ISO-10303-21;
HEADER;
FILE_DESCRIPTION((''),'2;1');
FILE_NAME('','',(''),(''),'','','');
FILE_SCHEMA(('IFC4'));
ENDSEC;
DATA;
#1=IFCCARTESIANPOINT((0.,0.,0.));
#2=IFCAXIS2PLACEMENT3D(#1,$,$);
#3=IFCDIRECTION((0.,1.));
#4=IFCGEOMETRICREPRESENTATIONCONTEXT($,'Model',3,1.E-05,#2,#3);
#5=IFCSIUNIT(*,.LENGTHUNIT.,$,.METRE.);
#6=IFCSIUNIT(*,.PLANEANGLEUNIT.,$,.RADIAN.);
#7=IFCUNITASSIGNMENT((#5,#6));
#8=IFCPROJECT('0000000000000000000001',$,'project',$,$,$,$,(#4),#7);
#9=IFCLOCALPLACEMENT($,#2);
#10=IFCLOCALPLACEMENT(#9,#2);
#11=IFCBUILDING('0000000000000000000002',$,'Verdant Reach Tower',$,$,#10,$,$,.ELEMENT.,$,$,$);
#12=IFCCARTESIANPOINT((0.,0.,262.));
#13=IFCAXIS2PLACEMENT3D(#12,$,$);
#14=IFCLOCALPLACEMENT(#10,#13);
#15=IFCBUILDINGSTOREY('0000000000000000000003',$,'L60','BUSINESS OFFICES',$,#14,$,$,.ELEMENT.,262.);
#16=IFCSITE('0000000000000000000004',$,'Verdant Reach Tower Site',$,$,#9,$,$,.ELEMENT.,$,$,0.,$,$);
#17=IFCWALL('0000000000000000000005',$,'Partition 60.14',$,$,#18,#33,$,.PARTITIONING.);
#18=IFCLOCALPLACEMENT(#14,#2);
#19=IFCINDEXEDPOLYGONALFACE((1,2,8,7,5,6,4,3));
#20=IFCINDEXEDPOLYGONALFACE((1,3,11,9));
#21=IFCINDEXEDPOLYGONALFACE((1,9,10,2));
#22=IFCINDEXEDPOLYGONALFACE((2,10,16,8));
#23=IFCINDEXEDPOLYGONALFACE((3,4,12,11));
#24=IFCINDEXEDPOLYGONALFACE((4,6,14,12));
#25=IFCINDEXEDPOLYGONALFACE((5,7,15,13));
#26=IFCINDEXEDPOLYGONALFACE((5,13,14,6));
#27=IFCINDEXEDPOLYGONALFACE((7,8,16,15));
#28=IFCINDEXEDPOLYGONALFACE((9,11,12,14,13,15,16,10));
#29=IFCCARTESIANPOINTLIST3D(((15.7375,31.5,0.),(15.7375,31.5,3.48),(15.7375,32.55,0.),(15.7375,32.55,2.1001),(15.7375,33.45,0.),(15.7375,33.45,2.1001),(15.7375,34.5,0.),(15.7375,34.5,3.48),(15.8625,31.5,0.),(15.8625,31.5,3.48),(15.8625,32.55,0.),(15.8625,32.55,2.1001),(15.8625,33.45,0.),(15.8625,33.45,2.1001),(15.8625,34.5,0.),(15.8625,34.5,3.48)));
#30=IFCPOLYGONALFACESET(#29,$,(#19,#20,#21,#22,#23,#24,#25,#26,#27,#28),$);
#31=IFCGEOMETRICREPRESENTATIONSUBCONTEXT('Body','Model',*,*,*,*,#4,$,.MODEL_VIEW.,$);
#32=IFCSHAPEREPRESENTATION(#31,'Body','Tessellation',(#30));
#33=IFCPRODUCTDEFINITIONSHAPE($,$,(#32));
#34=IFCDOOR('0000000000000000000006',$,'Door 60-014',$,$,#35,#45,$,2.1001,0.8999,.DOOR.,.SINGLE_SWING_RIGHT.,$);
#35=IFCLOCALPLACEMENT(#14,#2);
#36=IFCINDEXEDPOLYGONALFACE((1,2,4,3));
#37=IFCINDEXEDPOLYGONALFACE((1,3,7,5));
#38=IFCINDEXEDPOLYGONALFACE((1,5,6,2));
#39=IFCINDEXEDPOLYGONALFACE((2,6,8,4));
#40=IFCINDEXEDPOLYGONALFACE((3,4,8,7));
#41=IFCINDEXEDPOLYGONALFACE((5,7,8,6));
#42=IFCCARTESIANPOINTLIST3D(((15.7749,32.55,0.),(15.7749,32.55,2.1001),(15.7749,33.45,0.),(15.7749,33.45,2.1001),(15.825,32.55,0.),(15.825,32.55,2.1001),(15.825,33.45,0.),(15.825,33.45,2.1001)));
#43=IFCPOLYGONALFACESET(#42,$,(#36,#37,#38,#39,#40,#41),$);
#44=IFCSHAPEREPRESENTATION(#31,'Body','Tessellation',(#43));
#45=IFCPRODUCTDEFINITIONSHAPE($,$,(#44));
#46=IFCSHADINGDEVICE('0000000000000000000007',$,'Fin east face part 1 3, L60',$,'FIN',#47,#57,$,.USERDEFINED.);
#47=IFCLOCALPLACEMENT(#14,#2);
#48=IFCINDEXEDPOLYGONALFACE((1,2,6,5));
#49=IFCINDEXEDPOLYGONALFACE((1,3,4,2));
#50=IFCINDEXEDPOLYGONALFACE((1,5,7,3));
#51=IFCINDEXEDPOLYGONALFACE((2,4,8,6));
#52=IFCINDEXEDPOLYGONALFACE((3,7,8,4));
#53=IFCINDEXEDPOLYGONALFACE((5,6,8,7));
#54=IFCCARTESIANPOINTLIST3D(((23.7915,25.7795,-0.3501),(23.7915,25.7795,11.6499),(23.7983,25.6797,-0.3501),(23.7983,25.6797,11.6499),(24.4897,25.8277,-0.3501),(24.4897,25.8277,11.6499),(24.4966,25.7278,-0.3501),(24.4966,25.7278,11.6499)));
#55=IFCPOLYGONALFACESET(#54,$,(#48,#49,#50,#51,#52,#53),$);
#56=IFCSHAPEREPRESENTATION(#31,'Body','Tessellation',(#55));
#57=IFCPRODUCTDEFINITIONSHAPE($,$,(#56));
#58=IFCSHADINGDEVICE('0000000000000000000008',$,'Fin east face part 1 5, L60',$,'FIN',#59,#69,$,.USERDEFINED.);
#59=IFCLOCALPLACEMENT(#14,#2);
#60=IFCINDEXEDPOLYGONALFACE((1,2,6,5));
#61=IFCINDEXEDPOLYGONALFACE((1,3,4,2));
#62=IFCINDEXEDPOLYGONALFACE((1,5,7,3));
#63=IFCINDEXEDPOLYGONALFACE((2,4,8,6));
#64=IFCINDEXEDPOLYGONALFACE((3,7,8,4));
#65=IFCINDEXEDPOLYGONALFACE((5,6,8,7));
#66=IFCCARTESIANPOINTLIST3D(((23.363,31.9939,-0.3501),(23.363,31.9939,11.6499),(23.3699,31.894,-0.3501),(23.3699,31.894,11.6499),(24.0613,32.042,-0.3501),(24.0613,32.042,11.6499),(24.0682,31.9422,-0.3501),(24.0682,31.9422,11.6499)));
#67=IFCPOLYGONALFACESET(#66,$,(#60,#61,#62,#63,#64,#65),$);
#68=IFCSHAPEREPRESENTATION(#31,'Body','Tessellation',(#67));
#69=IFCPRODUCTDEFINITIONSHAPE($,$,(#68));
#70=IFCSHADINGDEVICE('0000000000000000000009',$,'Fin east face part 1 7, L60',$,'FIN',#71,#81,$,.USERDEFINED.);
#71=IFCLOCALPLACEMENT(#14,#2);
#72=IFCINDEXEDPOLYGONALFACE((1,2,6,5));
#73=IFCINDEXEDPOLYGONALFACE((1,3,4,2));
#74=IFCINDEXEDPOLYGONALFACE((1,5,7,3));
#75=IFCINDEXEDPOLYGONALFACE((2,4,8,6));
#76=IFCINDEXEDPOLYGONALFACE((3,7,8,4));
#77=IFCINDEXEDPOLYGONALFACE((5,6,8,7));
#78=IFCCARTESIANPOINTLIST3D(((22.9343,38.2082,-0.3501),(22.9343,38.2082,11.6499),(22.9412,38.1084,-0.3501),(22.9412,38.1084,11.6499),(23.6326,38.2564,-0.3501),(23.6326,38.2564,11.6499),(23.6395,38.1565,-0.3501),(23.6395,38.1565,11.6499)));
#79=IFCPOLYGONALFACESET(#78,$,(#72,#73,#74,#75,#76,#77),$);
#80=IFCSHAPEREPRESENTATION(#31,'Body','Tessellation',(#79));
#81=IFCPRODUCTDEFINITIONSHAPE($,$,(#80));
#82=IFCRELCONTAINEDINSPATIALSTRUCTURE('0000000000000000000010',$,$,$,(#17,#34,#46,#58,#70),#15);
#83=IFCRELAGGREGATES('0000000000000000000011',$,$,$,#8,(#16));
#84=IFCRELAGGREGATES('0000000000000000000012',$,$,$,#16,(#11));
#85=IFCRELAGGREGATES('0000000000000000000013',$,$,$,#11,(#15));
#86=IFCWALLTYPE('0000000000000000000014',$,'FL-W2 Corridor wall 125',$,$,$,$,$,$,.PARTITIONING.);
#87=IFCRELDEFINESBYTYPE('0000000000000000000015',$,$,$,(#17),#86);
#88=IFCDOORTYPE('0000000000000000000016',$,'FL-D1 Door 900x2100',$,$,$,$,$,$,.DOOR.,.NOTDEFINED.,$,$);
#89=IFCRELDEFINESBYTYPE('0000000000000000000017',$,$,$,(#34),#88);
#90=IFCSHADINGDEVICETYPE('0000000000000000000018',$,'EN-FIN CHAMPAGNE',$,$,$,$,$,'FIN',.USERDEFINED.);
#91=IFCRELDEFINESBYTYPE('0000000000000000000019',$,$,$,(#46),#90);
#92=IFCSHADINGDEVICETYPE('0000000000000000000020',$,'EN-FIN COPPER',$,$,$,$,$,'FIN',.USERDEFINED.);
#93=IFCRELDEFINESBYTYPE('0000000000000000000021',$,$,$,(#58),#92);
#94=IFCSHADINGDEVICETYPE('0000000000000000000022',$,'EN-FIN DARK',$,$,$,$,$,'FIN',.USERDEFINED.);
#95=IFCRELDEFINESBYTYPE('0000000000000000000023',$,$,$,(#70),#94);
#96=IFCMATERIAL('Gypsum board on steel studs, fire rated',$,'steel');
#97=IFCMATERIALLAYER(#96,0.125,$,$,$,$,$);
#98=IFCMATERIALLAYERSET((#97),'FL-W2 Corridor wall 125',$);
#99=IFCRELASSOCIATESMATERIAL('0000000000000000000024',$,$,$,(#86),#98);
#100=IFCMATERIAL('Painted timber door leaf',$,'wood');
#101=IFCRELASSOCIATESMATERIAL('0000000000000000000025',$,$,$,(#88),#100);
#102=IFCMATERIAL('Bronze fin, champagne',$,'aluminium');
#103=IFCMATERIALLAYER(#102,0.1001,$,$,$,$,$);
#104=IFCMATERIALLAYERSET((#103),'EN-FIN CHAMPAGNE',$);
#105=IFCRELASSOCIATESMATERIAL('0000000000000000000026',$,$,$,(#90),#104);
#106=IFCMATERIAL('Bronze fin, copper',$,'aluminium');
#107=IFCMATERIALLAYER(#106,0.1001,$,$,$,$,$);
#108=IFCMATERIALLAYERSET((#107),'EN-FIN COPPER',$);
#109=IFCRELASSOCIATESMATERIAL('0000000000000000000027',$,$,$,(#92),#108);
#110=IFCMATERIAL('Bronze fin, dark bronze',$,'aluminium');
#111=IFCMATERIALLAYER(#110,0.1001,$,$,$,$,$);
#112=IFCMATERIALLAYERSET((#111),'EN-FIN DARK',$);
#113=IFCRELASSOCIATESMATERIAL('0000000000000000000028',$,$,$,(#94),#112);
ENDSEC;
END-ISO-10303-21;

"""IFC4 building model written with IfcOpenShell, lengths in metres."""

from ifc_helpers import new_model, si_unit, direction, frame, frame_2d, origin, origin_2d, place, context, subcontext, project, spatial, rectangle, extrude, material, layer, layer_set, type_object, element, fill, save


model = new_model("IFC4")

# Units and contexts
model_context = context("Model", 3, precision=1e-05, world=origin(), true_north=direction((0.0, 1.0)))
body_context = subcontext(model_context, "Body", "Model", "MODEL_VIEW")
ifc_project = project(units=[si_unit("LENGTHUNIT", "METRE"), si_unit("PLANEANGLEUNIT", "RADIAN")], contexts=[model_context])

# Site, building, storey
site_placement = place(None, origin())
site = spatial("IfcSite", under=ifc_project, at=site_placement, Name="Verdant Reach Tower Site", CompositionType="ELEMENT", RefElevation=0.0)
building_placement = place(site_placement, origin())
building = spatial("IfcBuilding", under=site, at=building_placement, Name="Verdant Reach Tower", CompositionType="ELEMENT")
storey_placement = place(building_placement, frame((0.0, 0.0, 262.0)))
storey = spatial("IfcBuildingStorey", under=building, at=storey_placement, Name="L60", Description="BUSINESS OFFICES", CompositionType="ELEMENT", Elevation=262.0)

# Wall, opening, door
ifc_material_1 = material(Name="Gypsum board on steel studs, fire rated", Category="steel")
ifc_layer_1 = layer(ifc_material_1, 0.125)
ifc_layer_set_1 = layer_set([ifc_layer_1], Name="FL-W2 Corridor wall 125")
wall_type_1 = type_object("IfcWallType", Name="FL-W2 Corridor wall 125", PredefinedType="PARTITIONING", material=ifc_layer_set_1)
ifc_material_2 = material(Name="Painted timber door leaf", Category="wood")
door_type = type_object("IfcDoorType", Name="FL-D1 Door 900x2100", OperationType="NOTDEFINED", PredefinedType="DOOR", material=ifc_material_2)
wall_1_placement = place(storey_placement, frame((15.8, 34.5, 0.0), z_axis=(0.0, 0.0, 1.0), x_axis=(0.0, -1.0, 0.0)))
wall_1 = element("IfcWall", 1, at=wall_1_placement, inside=storey, type_object=wall_type_1, Name="Partition 60.14", PredefinedType="PARTITIONING", context=body_context, shape_type="SweptSolid", body=[
    extrude(rectangle(XDim=3.0, YDim=0.125, at=frame_2d((1.5, 0.0))), origin(), (0.0, 0.0, 1.0), 3.48),
])
opening_1_placement = place(wall_1_placement, frame((1.05, 0.0, 0.0)))
opening_1 = element("IfcOpeningElement", 2, at=opening_1_placement, cuts=wall_1, PredefinedType="OPENING", context=body_context, shape_type="SweptSolid", body=[
    extrude(rectangle(XDim=0.8999, YDim=2.1001, at=frame_2d((0.45, 1.05))), frame((0.0, 0.0725, 0.0), z_axis=(0.0, -1.0, 0.0), x_axis=(1.0, 0.0, 0.0)), (0.0, 0.0, 1.0), 0.145),
])
door_1_placement = place(opening_1_placement, origin())
door_1 = element("IfcDoor", 3, at=door_1_placement, inside=storey, type_object=door_type, Name="Door 60-014", OperationType="SINGLE_SWING_RIGHT", OverallHeight=2.1001, OverallWidth=0.8999, PredefinedType="DOOR", context=body_context, shape_type="SweptSolid", body=[
    extrude(rectangle(XDim=0.8999, YDim=2.1001, at=frame_2d((0.45, 1.05))), frame((0.0, 0.0249, 0.0), z_axis=(0.0, -1.0, 0.0), x_axis=(1.0, 0.0, 0.0)), (0.0, 0.0, 1.0), 0.05),
])
fill(opening_1, door_1)

# Shading devices
ifc_material_3 = material(Name="Bronze fin, champagne", Category="aluminium")
ifc_layer_2 = layer(ifc_material_3, 0.1001)
ifc_layer_set_2 = layer_set([ifc_layer_2], Name="EN-FIN CHAMPAGNE")
shading_device_type_1 = type_object("IfcShadingDeviceType", Name="EN-FIN CHAMPAGNE", ElementType="FIN", PredefinedType="USERDEFINED", material=ifc_layer_set_2)
shading_device_1_placement = place(storey_placement, frame((24.144, 25.7537, -0.3501), z_axis=(0.0, 0.0, 1.0), x_axis=(-0.068802, 0.99763, 0.0)))
element("IfcShadingDevice", 4, at=shading_device_1_placement, inside=storey, type_object=shading_device_type_1, Name="Fin east face part 1 3, L60", ObjectType="FIN", PredefinedType="USERDEFINED", context=body_context, shape_type="SweptSolid", body=[
    extrude(rectangle(XDim=0.1001, YDim=0.7, at=origin_2d()), origin(), (0.0, 0.0, 1.0), 12.0),
])
ifc_material_4 = material(Name="Bronze fin, copper", Category="aluminium")
ifc_layer_3 = layer(ifc_material_4, 0.1001)
ifc_layer_set_3 = layer_set([ifc_layer_3], Name="EN-FIN COPPER")
shading_device_type_2 = type_object("IfcShadingDeviceType", Name="EN-FIN COPPER", ElementType="FIN", PredefinedType="USERDEFINED", material=ifc_layer_set_3)
shading_device_2_placement = place(storey_placement, frame((23.7156, 31.968, -0.3501), z_axis=(0.0, 0.0, 1.0), x_axis=(-0.068802, 0.99763, 0.0)))
element("IfcShadingDevice", 5, at=shading_device_2_placement, inside=storey, type_object=shading_device_type_2, Name="Fin east face part 1 5, L60", ObjectType="FIN", PredefinedType="USERDEFINED", context=body_context, shape_type="SweptSolid", body=[
    extrude(rectangle(XDim=0.1001, YDim=0.7, at=origin_2d()), origin(), (0.0, 0.0, 1.0), 12.0),
])
ifc_material_5 = material(Name="Bronze fin, dark bronze", Category="aluminium")
ifc_layer_4 = layer(ifc_material_5, 0.1001)
ifc_layer_set_4 = layer_set([ifc_layer_4], Name="EN-FIN DARK")
shading_device_type_3 = type_object("IfcShadingDeviceType", Name="EN-FIN DARK", ElementType="FIN", PredefinedType="USERDEFINED", material=ifc_layer_set_4)
shading_device_3_placement = place(storey_placement, frame((23.2869, 38.1824, -0.3501), z_axis=(0.0, 0.0, 1.0), x_axis=(-0.068802, 0.99763, 0.0)))
element("IfcShadingDevice", 6, at=shading_device_3_placement, inside=storey, type_object=shading_device_type_3, Name="Fin east face part 1 7, L60", ObjectType="FIN", PredefinedType="USERDEFINED", context=body_context, shape_type="SweptSolid", body=[
    extrude(rectangle(XDim=0.1001, YDim=0.7, at=origin_2d()), origin(), (0.0, 0.0, 1.0), 12.0),
])

save(model, "model.ifc")
